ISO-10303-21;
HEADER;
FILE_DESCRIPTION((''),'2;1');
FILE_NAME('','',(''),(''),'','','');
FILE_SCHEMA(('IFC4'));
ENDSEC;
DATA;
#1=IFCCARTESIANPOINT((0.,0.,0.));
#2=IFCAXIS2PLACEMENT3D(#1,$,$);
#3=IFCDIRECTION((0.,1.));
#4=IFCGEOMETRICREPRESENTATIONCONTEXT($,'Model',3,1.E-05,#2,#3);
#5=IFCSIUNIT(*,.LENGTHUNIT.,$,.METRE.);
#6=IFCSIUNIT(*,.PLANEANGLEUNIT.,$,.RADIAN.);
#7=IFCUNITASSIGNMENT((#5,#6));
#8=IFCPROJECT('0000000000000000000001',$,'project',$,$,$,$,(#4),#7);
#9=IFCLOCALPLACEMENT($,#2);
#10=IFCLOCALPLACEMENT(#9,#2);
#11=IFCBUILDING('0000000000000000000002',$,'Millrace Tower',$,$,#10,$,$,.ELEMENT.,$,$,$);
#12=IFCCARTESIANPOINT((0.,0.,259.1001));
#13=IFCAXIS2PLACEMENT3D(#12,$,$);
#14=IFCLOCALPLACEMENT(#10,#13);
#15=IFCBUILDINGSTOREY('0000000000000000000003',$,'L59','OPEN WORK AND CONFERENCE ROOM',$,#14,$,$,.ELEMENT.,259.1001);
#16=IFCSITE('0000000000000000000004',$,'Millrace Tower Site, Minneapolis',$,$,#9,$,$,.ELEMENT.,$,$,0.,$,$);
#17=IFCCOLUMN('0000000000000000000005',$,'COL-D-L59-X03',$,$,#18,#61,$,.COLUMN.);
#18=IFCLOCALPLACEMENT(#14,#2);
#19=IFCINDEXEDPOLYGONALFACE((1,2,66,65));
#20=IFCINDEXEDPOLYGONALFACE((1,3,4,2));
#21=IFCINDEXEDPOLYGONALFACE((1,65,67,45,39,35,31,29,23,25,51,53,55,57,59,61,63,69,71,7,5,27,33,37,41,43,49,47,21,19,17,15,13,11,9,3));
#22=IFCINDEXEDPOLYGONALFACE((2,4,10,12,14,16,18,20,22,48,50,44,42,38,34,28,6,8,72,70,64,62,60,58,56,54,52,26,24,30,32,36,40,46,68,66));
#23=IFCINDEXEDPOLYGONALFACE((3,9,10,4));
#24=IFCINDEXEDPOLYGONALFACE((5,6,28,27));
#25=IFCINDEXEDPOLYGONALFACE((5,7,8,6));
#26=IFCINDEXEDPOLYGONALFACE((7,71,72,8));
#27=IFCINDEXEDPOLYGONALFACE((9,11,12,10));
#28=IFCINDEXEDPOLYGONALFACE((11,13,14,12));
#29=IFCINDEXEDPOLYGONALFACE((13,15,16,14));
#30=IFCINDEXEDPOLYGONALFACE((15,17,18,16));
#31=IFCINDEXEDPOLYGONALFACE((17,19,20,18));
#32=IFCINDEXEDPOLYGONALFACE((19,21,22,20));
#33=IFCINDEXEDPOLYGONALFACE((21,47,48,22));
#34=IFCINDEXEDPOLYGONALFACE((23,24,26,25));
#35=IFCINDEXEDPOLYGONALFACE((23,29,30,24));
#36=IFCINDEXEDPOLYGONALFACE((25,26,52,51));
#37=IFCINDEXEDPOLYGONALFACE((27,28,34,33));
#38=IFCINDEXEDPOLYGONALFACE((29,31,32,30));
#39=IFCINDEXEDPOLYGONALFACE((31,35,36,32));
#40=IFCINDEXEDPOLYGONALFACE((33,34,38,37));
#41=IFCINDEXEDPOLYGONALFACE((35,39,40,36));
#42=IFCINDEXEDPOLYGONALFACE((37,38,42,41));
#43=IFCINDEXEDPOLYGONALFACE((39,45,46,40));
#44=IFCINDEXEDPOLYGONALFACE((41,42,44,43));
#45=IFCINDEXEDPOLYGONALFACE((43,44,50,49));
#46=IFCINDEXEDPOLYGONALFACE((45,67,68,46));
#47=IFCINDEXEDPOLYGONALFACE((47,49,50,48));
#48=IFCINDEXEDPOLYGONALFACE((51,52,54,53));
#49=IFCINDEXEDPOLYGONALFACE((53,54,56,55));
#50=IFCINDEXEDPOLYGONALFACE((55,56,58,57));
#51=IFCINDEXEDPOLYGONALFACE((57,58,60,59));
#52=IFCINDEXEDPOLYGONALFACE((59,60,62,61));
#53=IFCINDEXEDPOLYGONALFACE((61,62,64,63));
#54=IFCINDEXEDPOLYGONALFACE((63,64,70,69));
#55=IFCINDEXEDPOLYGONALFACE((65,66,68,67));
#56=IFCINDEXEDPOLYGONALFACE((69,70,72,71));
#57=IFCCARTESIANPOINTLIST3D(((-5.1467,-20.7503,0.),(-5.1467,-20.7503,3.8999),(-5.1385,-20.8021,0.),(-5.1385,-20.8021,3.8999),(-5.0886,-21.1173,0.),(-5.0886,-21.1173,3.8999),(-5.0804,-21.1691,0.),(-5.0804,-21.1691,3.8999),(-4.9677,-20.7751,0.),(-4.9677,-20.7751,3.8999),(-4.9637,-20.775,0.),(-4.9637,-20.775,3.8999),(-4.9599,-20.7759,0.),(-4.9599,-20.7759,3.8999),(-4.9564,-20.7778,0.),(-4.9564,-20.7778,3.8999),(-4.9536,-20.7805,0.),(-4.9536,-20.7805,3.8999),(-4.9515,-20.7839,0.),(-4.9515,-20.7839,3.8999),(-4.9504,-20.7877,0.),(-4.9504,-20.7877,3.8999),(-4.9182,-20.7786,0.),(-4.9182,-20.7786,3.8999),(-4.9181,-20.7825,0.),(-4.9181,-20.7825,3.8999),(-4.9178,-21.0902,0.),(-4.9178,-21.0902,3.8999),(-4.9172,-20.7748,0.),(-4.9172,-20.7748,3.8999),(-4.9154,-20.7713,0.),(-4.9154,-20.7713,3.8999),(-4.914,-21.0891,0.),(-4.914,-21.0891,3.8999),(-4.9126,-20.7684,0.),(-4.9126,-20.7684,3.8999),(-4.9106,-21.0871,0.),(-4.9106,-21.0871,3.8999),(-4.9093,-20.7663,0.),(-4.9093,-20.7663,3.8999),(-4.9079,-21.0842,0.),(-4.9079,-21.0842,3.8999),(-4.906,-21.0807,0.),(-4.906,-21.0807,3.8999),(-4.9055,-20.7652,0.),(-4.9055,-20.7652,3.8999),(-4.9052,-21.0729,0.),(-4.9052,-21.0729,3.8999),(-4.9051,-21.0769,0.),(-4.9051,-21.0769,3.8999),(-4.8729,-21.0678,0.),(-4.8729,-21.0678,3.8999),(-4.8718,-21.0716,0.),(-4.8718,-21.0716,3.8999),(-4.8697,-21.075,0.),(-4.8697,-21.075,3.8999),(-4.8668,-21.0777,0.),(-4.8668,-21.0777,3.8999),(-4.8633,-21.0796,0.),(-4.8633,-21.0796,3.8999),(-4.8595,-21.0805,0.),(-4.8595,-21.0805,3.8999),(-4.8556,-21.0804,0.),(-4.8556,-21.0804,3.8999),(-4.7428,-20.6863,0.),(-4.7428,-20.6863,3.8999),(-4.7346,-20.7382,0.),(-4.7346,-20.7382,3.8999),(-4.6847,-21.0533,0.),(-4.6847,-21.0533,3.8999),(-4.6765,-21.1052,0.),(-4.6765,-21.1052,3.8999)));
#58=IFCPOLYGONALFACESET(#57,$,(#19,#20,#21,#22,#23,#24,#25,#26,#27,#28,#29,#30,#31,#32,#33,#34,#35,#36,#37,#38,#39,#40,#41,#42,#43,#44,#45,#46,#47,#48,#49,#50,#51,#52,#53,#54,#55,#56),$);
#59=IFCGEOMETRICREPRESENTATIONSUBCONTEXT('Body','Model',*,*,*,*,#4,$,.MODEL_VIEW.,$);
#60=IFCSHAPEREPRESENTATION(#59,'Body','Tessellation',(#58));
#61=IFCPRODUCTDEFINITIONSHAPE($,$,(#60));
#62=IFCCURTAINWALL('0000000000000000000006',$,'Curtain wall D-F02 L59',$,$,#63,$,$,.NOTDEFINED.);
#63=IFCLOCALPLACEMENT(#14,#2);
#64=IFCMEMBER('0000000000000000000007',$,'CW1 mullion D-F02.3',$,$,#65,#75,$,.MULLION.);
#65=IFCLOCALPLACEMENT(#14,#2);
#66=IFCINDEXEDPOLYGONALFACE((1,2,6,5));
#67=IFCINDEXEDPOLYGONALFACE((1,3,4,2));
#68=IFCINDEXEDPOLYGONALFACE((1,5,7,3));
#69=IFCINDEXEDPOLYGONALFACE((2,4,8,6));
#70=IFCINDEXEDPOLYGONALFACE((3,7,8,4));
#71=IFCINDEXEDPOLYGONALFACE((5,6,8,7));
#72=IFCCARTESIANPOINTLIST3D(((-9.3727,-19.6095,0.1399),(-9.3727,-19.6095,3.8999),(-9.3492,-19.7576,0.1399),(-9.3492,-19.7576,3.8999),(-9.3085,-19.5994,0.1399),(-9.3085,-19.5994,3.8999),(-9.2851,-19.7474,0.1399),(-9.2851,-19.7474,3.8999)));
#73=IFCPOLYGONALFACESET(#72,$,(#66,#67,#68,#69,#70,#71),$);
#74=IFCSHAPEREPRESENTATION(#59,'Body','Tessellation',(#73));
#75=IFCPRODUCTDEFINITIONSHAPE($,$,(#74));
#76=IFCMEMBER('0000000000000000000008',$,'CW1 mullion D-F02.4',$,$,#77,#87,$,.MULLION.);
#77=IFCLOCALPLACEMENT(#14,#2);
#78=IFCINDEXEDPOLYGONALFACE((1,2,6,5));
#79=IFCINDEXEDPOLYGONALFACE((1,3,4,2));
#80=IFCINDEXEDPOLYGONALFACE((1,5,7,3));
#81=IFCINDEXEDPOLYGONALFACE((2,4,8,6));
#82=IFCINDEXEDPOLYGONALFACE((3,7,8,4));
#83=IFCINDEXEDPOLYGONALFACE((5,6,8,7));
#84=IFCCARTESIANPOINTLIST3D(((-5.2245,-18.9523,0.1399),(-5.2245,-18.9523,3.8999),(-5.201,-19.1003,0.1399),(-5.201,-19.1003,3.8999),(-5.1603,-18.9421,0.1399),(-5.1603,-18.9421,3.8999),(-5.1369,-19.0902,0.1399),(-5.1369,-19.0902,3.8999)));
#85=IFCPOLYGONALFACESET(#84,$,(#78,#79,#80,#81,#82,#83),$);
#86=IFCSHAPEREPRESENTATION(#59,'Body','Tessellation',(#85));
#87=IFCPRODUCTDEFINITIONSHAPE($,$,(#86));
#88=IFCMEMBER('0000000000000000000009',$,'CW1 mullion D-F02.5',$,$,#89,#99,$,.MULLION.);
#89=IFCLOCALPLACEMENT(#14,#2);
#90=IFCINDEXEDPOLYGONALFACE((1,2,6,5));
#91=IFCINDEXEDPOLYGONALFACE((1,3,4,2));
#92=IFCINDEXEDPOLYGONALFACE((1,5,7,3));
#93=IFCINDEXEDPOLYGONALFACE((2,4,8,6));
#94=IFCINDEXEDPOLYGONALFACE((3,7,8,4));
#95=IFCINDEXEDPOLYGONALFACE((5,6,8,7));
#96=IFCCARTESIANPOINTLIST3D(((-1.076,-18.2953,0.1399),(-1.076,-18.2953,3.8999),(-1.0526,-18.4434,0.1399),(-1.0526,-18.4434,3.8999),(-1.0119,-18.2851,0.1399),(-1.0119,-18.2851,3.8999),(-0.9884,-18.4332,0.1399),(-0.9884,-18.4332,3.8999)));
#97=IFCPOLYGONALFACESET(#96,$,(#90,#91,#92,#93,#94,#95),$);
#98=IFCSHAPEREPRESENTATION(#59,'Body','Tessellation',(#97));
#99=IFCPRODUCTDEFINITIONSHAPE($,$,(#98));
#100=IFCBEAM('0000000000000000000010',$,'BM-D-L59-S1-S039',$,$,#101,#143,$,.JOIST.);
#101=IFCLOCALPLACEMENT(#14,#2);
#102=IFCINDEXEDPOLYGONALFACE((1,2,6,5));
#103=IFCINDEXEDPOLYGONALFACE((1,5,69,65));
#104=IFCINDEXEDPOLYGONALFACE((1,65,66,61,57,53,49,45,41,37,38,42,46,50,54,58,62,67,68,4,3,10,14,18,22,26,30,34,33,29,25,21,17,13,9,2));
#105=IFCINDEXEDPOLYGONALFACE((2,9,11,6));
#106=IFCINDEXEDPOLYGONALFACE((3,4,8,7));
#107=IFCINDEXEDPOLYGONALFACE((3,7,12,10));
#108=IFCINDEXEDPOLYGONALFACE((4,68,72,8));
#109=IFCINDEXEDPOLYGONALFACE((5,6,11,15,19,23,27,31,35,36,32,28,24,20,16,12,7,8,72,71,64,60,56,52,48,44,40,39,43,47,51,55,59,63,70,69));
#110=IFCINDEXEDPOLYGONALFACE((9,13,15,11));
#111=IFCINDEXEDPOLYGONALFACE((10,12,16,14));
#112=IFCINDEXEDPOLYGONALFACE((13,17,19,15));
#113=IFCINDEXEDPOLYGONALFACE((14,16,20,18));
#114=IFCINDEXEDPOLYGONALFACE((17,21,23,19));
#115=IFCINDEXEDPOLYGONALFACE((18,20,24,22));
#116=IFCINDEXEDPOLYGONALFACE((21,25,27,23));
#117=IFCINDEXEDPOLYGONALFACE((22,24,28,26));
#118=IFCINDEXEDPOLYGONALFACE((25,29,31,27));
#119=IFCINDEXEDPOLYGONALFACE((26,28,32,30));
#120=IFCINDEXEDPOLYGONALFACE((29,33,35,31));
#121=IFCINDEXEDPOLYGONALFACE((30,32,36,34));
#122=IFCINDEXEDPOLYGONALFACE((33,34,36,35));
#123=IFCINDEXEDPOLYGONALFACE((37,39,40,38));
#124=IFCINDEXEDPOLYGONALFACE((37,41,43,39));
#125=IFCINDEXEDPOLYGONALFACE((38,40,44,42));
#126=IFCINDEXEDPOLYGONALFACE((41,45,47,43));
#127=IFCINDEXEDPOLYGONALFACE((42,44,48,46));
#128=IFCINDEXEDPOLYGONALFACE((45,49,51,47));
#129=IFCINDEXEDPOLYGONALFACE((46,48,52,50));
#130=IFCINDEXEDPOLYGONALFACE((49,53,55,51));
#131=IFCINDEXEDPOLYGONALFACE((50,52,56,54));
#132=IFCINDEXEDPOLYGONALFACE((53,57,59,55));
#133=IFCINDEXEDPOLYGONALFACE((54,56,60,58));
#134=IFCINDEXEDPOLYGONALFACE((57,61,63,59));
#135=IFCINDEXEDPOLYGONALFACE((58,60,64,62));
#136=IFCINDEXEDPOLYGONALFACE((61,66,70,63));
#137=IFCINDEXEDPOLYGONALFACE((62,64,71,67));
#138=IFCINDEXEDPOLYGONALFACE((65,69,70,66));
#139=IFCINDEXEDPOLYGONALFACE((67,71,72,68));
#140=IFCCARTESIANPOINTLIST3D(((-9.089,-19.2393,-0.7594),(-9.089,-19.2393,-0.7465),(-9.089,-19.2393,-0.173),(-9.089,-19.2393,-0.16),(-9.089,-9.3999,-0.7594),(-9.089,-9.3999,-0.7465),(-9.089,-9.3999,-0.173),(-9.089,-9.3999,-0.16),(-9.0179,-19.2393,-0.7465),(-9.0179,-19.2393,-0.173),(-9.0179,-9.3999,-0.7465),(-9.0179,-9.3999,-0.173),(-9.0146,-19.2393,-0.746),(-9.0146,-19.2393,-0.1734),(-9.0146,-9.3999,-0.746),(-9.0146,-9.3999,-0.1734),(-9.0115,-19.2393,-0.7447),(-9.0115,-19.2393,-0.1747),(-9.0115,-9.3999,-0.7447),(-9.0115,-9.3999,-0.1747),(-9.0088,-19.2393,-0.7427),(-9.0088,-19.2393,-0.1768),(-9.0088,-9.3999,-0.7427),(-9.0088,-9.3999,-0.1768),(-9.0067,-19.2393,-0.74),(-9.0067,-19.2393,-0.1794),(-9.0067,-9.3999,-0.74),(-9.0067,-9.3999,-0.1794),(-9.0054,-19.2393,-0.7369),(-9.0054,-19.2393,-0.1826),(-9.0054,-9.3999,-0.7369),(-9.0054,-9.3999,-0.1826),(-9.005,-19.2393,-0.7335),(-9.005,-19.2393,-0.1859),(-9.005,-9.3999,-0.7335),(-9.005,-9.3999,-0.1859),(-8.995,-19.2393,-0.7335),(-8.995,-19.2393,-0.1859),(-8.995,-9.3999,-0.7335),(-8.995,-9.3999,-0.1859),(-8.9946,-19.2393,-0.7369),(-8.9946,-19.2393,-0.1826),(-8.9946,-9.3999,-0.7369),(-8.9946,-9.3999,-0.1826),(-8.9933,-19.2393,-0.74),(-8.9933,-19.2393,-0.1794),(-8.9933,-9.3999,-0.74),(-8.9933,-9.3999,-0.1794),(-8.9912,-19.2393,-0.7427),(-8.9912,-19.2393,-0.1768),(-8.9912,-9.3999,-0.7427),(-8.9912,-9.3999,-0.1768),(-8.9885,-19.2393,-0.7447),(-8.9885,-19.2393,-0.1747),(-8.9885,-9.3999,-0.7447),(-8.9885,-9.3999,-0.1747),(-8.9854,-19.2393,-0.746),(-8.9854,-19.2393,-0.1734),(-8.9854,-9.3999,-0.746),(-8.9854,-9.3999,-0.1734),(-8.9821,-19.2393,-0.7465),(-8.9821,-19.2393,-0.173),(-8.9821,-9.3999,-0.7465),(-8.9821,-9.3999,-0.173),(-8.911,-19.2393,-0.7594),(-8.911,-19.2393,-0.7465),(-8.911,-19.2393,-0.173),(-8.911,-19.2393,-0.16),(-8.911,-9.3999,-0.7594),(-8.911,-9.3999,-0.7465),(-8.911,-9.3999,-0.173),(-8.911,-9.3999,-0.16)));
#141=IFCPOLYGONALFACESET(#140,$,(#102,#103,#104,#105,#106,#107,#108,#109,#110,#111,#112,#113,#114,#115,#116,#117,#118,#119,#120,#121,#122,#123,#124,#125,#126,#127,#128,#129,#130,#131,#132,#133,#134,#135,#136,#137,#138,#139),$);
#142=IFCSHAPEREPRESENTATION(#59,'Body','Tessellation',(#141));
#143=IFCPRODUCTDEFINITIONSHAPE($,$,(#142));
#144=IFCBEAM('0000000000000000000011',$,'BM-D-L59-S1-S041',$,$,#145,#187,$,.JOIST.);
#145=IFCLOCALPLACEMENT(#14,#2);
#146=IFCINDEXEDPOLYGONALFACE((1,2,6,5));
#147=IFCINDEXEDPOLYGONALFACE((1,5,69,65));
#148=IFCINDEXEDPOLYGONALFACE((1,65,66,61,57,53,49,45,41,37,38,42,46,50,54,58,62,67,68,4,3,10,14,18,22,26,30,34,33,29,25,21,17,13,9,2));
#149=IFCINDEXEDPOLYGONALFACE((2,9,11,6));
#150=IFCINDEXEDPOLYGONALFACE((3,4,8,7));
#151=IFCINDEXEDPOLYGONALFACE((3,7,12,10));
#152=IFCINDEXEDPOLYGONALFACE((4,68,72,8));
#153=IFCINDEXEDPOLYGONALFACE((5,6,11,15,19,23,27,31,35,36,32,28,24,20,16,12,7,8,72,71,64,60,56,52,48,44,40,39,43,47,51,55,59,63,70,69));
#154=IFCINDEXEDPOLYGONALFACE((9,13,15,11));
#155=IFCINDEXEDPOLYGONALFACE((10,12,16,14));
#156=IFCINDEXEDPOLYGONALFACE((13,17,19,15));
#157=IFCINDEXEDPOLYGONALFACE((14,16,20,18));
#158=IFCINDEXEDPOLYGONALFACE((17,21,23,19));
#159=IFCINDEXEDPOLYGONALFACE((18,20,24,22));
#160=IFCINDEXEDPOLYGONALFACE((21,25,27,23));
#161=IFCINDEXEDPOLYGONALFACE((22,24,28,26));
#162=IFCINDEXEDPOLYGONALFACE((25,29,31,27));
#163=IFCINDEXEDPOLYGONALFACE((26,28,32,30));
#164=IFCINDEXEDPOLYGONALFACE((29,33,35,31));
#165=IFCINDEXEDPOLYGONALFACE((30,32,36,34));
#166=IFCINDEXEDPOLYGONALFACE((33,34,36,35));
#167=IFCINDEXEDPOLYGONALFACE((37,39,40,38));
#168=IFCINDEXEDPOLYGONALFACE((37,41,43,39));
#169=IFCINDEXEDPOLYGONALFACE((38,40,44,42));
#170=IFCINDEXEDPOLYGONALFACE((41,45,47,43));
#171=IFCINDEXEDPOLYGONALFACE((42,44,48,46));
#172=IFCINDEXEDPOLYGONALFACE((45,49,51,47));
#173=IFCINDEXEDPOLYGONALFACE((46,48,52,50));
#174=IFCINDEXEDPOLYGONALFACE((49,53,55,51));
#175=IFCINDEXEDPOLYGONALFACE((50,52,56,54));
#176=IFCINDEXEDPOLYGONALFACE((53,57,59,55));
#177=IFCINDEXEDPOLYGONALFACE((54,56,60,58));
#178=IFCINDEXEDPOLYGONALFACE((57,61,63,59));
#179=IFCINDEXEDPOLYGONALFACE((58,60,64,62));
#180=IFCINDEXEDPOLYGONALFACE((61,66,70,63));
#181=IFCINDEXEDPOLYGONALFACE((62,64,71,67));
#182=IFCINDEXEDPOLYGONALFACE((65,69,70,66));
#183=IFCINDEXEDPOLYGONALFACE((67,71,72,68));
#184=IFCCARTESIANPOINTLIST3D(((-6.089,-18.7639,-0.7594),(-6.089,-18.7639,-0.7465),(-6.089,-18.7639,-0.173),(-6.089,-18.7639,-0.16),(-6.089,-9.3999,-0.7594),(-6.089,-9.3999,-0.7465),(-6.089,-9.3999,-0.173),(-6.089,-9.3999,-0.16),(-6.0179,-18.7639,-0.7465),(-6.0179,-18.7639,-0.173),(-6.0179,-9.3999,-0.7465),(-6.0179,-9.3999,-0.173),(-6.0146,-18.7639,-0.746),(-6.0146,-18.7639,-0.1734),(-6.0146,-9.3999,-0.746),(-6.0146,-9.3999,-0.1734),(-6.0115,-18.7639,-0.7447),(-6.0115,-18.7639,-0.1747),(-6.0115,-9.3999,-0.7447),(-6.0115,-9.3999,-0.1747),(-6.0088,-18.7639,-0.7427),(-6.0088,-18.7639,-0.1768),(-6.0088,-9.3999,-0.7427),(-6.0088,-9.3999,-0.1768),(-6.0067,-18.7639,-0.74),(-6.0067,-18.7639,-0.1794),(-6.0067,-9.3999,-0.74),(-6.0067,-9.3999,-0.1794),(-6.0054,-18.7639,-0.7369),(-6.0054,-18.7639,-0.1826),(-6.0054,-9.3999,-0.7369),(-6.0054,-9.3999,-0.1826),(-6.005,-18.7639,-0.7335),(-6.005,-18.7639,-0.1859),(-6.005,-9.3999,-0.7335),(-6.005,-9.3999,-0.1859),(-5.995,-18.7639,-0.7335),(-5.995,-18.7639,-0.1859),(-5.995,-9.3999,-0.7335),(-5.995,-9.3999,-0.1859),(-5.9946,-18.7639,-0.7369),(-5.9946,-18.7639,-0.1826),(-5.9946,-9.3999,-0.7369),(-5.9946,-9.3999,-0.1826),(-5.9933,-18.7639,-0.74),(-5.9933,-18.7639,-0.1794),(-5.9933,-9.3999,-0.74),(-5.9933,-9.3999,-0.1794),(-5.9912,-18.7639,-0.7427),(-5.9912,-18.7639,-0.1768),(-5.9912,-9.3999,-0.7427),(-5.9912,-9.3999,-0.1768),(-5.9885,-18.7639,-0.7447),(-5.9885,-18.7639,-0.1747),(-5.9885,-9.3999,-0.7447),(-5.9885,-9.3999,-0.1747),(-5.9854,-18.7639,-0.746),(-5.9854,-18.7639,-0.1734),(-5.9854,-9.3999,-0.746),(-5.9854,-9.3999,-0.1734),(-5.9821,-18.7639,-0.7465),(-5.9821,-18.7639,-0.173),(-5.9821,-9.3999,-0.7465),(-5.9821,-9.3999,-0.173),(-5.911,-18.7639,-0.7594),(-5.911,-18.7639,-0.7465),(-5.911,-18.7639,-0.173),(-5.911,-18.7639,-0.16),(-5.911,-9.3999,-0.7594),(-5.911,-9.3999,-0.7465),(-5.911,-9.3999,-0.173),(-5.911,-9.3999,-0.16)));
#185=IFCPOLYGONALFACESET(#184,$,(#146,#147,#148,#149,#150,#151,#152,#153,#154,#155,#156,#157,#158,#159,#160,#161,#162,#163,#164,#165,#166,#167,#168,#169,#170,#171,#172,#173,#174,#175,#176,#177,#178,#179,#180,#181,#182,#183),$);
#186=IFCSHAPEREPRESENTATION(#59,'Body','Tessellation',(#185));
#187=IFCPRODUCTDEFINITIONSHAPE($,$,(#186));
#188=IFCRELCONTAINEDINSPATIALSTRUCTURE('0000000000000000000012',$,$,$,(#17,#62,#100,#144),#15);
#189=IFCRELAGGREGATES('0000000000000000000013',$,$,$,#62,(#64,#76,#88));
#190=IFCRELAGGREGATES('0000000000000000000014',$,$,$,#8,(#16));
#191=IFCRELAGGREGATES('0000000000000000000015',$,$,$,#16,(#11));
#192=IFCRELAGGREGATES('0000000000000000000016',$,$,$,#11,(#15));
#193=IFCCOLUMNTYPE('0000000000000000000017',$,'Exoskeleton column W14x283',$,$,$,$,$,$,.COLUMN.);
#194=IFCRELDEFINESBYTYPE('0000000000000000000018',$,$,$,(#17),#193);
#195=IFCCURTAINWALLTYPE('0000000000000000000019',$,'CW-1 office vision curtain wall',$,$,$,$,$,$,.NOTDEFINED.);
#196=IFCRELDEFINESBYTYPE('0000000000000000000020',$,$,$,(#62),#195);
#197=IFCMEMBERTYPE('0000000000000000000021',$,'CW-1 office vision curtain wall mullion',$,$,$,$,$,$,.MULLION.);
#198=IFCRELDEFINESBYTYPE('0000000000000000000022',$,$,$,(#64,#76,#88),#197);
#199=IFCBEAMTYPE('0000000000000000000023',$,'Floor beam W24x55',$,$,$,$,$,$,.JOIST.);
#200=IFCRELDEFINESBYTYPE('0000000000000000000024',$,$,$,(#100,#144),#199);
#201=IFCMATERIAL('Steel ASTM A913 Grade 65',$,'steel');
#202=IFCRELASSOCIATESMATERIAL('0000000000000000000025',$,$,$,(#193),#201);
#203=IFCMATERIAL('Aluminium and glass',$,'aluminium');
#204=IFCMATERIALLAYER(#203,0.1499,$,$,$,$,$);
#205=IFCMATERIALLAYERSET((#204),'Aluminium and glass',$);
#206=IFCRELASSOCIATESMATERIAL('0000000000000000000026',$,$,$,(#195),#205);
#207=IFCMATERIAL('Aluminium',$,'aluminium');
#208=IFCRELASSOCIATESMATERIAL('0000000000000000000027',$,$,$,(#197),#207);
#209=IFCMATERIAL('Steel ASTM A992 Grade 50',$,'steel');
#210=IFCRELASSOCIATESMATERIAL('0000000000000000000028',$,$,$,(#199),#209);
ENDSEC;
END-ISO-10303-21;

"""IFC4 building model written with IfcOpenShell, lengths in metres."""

from ifc_helpers import new_model, si_unit, direction, frame, origin, origin_2d, place, context, subcontext, project, spatial, rectangle, i_section, extrude, material, layer, layer_set, material_profile, profile_set, type_object, element, aggregate, save


model = new_model("IFC4")

# Units and contexts
model_context = context("Model", 3, precision=1e-05, world=origin(), true_north=direction((0.0, 1.0)))
body_context = subcontext(model_context, "Body", "Model", "MODEL_VIEW")
ifc_project = project(units=[si_unit("LENGTHUNIT", "METRE"), si_unit("PLANEANGLEUNIT", "RADIAN")], contexts=[model_context])

# Site, building, storey
site_placement = place(None, origin())
site = spatial("IfcSite", under=ifc_project, at=site_placement, Name="Millrace Tower Site, Minneapolis", CompositionType="ELEMENT", RefElevation=0.0)
building_placement = place(site_placement, origin())
building = spatial("IfcBuilding", under=site, at=building_placement, Name="Millrace Tower", CompositionType="ELEMENT")
storey_placement = place(building_placement, frame((0.0, 0.0, 259.1001)))
storey = spatial("IfcBuildingStorey", under=building, at=storey_placement, Name="L59", Description="OPEN WORK AND CONFERENCE ROOM", CompositionType="ELEMENT", Elevation=259.1001)

# Column
ifc_material_1 = material(Name="Steel ASTM A913 Grade 65", Category="steel")
ifc_material_profile_1 = material_profile(ifc_material_1, i_section(OverallWidth=0.4089, OverallDepth=0.4241, WebThickness=0.0327, FlangeThickness=0.0525, FilletRadius=0.0151, at=origin_2d()))
ifc_profile_set_1 = profile_set([ifc_material_profile_1], Name="Steel ASTM A913 Grade 65")
column_type = type_object("IfcColumnType", Name="Exoskeleton column W14x283", PredefinedType="COLUMN", material=ifc_profile_set_1)
column_placement = place(storey_placement, frame((-4.9116, -20.9277, 0.0), z_axis=(0.0, 0.0, 1.0), x_axis=(0.987688, 0.156434, 0.0)))
element("IfcColumn", 1, at=column_placement, inside=storey, type_object=column_type, Name="COL-D-L59-X03", PredefinedType="COLUMN", context=body_context, shape_type="SweptSolid", body=[
    extrude(i_section(OverallWidth=0.4089, OverallDepth=0.4241, WebThickness=0.0327, FlangeThickness=0.0525, FilletRadius=0.0151, at=origin_2d()), origin(), (0.0, 0.0, 1.0), 3.8999),
])

# Curtain wall, members
ifc_material_2 = material(Name="Aluminium and glass", Category="aluminium")
ifc_layer_1 = layer(ifc_material_2, 0.1499)
ifc_layer_set_1 = layer_set([ifc_layer_1], Name="Aluminium and glass")
curtain_wall_type = type_object("IfcCurtainWallType", Name="CW-1 office vision curtain wall", PredefinedType="NOTDEFINED", material=ifc_layer_set_1)
curtain_wall_placement = place(storey_placement, origin())
curtain_wall = element("IfcCurtainWall", 2, at=curtain_wall_placement, inside=storey, type_object=curtain_wall_type, Name="Curtain wall D-F02 L59", PredefinedType="NOTDEFINED")
ifc_material_3 = material(Name="Aluminium", Category="aluminium")
ifc_material_profile_2 = material_profile(ifc_material_3, rectangle(XDim=0.0649, YDim=0.1499, at=origin_2d()))
ifc_profile_set_2 = profile_set([ifc_material_profile_2], Name="Aluminium")
member_type = type_object("IfcMemberType", Name="CW-1 office vision curtain wall mullion", PredefinedType="MULLION", material=ifc_profile_set_2)
member_1_placement = place(storey_placement, frame((-9.3289, -19.6785, 0.1399), z_axis=(0.0, 0.0, 1.0), x_axis=(0.987688, 0.156434, 0.0)))
member_1 = element("IfcMember", 3, at=member_1_placement, type_object=member_type, Name="CW1 mullion D-F02.3", PredefinedType="MULLION", context=body_context, shape_type="SweptSolid", body=[
    extrude(rectangle(XDim=0.0649, YDim=0.1499, at=origin_2d()), origin(), (0.0, 0.0, 1.0), 3.76),
])
member_2_placement = place(storey_placement, frame((-5.1807, -19.0212, 0.1399), z_axis=(0.0, 0.0, 1.0), x_axis=(0.987688, 0.156434, 0.0)))
member_2 = element("IfcMember", 4, at=member_2_placement, type_object=member_type, Name="CW1 mullion D-F02.4", PredefinedType="MULLION", context=body_context, shape_type="SweptSolid", body=[
    extrude(rectangle(XDim=0.0649, YDim=0.1499, at=origin_2d()), origin(), (0.0, 0.0, 1.0), 3.76),
])
member_3_placement = place(storey_placement, frame((-1.0322, -18.3643, 0.1399), z_axis=(0.0, 0.0, 1.0), x_axis=(0.987688, 0.156434, 0.0)))
member_3 = element("IfcMember", 5, at=member_3_placement, type_object=member_type, Name="CW1 mullion D-F02.5", PredefinedType="MULLION", context=body_context, shape_type="SweptSolid", body=[
    extrude(rectangle(XDim=0.0649, YDim=0.1499, at=origin_2d()), origin(), (0.0, 0.0, 1.0), 3.76),
])
aggregate(curtain_wall, [member_1, member_2, member_3])

# Beams
ifc_material_4 = material(Name="Steel ASTM A992 Grade 50", Category="steel")
ifc_material_profile_3 = material_profile(ifc_material_4, i_section(OverallWidth=0.178, OverallDepth=0.5994, WebThickness=0.01, FlangeThickness=0.0129, FilletRadius=0.0129, at=origin_2d()))
ifc_profile_set_3 = profile_set([ifc_material_profile_3], Name="Steel ASTM A992 Grade 50")
beam_type_1 = type_object("IfcBeamType", Name="Floor beam W24x55", PredefinedType="JOIST", material=ifc_profile_set_3)
beam_1_placement = place(storey_placement, frame((-9.0, -19.2393, -0.4597), z_axis=(0.0, 1.0, 0.0), x_axis=(-1.0, 0.0, 0.0)))
element("IfcBeam", 6, at=beam_1_placement, inside=storey, type_object=beam_type_1, Name="BM-D-L59-S1-S039", PredefinedType="JOIST", context=body_context, shape_type="SweptSolid", body=[
    extrude(i_section(OverallWidth=0.178, OverallDepth=0.5994, WebThickness=0.01, FlangeThickness=0.0129, FilletRadius=0.0129, at=origin_2d()), origin(), (0.0, 0.0, 1.0), 9.8394),
])
beam_2_placement = place(storey_placement, frame((-6.0, -18.7639, -0.4597), z_axis=(0.0, 1.0, 0.0), x_axis=(-1.0, 0.0, 0.0)))
element("IfcBeam", 7, at=beam_2_placement, inside=storey, type_object=beam_type_1, Name="BM-D-L59-S1-S041", PredefinedType="JOIST", context=body_context, shape_type="SweptSolid", body=[
    extrude(i_section(OverallWidth=0.178, OverallDepth=0.5994, WebThickness=0.01, FlangeThickness=0.0129, FilletRadius=0.0129, at=origin_2d()), origin(), (0.0, 0.0, 1.0), 9.364),
])

save(model, "model.ifc")
